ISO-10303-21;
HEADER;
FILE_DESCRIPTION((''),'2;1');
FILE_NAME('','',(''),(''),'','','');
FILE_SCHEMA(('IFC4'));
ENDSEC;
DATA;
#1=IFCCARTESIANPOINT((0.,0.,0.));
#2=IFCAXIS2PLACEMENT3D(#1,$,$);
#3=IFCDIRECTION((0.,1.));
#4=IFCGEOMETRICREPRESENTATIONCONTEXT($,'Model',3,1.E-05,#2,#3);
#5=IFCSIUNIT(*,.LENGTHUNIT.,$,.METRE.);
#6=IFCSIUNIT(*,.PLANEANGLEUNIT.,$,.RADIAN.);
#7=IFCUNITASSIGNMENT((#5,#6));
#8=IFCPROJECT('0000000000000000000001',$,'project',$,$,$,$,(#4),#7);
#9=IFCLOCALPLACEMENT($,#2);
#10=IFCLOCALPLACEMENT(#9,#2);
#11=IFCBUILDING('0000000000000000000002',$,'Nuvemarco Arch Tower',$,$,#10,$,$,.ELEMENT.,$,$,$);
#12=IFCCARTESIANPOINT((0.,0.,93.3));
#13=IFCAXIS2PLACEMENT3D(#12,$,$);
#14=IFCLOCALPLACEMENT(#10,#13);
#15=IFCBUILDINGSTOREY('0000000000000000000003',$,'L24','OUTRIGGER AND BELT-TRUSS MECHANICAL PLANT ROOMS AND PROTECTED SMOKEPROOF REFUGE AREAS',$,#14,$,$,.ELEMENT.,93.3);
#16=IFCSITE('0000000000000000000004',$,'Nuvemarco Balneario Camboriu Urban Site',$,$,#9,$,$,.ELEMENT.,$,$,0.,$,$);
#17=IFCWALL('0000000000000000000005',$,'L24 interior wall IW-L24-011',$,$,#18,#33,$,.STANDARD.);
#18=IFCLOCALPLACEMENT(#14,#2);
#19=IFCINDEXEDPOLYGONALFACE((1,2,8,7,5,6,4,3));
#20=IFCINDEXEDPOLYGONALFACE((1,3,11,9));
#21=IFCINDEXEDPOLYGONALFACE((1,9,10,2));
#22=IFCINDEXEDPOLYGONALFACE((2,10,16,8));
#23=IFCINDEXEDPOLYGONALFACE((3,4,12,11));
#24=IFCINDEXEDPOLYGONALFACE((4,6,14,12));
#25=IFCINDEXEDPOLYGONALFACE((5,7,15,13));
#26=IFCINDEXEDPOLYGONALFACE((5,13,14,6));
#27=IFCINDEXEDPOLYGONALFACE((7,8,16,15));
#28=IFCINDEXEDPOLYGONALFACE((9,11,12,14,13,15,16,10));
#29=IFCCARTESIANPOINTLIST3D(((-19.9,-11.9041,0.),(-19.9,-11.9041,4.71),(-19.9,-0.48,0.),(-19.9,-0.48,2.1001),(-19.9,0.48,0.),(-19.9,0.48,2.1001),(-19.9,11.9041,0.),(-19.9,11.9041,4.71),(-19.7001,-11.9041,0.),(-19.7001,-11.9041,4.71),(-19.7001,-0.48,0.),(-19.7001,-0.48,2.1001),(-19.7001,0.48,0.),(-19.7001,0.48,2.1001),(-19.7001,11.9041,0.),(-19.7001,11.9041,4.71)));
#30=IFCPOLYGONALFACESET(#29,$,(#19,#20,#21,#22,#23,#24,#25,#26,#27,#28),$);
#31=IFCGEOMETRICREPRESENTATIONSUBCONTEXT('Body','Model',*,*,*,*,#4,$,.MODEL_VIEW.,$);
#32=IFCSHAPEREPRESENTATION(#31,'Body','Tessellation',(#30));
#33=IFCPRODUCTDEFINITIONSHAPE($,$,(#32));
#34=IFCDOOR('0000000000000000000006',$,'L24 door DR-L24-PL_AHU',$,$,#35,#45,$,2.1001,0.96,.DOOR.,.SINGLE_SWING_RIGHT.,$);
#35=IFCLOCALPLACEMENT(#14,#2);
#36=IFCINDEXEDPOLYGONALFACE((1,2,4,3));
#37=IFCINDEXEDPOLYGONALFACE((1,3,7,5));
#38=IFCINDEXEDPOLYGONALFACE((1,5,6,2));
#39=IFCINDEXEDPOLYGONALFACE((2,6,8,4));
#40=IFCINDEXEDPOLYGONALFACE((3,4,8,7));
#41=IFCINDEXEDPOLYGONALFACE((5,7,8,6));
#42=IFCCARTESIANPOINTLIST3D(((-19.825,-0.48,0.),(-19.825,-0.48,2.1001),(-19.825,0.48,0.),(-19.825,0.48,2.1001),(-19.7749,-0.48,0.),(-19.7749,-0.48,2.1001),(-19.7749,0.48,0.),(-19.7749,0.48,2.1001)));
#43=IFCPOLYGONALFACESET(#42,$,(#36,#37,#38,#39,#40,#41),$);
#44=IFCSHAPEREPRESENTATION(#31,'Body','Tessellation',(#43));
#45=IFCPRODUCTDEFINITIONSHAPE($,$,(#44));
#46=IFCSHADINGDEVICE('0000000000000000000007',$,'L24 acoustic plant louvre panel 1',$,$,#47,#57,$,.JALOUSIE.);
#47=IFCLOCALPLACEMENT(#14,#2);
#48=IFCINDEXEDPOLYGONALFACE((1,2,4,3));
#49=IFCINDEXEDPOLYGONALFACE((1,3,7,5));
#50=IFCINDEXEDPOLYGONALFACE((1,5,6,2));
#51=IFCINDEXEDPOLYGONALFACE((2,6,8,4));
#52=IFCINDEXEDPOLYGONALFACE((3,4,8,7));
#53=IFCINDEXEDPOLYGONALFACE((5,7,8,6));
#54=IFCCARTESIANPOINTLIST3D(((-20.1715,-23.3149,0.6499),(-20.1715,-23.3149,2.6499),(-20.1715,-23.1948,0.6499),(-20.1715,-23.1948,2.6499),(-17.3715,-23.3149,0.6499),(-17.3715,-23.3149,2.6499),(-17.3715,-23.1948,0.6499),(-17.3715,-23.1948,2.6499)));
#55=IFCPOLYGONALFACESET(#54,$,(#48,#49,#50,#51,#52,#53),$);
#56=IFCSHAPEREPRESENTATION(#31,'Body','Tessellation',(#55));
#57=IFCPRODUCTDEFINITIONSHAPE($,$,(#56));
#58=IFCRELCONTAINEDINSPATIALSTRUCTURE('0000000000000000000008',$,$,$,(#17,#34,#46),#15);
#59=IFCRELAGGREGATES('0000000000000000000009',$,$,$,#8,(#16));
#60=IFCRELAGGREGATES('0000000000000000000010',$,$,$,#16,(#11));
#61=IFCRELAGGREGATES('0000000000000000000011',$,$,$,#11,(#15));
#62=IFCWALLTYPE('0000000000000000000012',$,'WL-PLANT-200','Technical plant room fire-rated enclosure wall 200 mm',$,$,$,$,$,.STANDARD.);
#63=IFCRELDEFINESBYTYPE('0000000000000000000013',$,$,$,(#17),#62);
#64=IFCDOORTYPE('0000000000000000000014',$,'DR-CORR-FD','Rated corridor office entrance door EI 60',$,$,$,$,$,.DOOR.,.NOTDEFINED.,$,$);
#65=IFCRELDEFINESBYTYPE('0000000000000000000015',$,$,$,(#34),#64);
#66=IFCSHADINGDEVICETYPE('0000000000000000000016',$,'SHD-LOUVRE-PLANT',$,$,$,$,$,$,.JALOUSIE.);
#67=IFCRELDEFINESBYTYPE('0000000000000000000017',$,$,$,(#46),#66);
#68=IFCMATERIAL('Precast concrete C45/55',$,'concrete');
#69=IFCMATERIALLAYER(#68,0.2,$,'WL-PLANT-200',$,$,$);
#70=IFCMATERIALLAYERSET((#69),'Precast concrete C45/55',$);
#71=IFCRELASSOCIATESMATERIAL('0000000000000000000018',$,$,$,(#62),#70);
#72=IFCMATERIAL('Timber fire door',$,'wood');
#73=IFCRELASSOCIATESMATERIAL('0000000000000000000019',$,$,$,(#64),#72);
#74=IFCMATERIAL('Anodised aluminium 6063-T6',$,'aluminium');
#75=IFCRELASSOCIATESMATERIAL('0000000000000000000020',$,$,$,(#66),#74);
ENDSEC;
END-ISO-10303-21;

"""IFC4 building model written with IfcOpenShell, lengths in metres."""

from ifc_helpers import new_model, si_unit, direction, frame, frame_2d, origin, origin_2d, place, context, subcontext, project, spatial, rectangle, extrude, source, transform, mapped, material, layer, layer_set, type_object, type_shapes, element, fill, save


model = new_model("IFC4")

# Units and contexts
model_context = context("Model", 3, precision=1e-05, world=origin(), true_north=direction((0.0, 1.0)))
body_context = subcontext(model_context, "Body", "Model", "MODEL_VIEW")
ifc_project = project(units=[si_unit("LENGTHUNIT", "METRE"), si_unit("PLANEANGLEUNIT", "RADIAN")], contexts=[model_context])

# Site, building, storey
site_placement = place(None, origin())
site = spatial("IfcSite", under=ifc_project, at=site_placement, Name="Nuvemarco Balneario Camboriu Urban Site", CompositionType="ELEMENT", RefElevation=0.0)
building_placement = place(site_placement, origin())
building = spatial("IfcBuilding", under=site, at=building_placement, Name="Nuvemarco Arch Tower", CompositionType="ELEMENT")
storey_placement = place(building_placement, frame((0.0, 0.0, 93.3)))
storey = spatial("IfcBuildingStorey", under=building, at=storey_placement, Name="L24", Description="OUTRIGGER AND BELT-TRUSS MECHANICAL PLANT ROOMS AND PROTECTED SMOKEPROOF REFUGE AREAS", CompositionType="ELEMENT", Elevation=93.3)

# Shared definitions
ifc_material_1 = material(Name="Precast concrete C45/55", Category="concrete")

# Shared definitions
ifc_layer_1 = layer(ifc_material_1, 0.2, Name="WL-PLANT-200")
ifc_layer_set_1 = layer_set([ifc_layer_1], Name="Precast concrete C45/55")
wall_type_1 = type_object("IfcWallType", Name="WL-PLANT-200", Description="Technical plant room fire-rated enclosure wall 200 mm", PredefinedType="STANDARD", material=ifc_layer_set_1)
ifc_material_2 = material(Name="Timber fire door", Category="wood")
door_type_1 = type_object("IfcDoorType", Name="DR-CORR-FD", Description="Rated corridor office entrance door EI 60", OperationType="NOTDEFINED", PredefinedType="DOOR", material=ifc_material_2)
shared_shape_1 = source(origin(), body_context, "Body", "SweptSolid", [
    extrude(rectangle(XDim=0.96, YDim=2.1001, at=frame_2d((0.48, 1.05))), frame((0.0, 0.0249, 0.0), z_axis=(0.0, -1.0, 0.0), x_axis=(1.0, 0.0, 0.0)), (0.0, 0.0, 1.0), 0.05),
])
type_shapes(door_type_1, [shared_shape_1])

# Wall, opening, door
wall_1_placement = place(storey_placement, frame((-19.8, -11.9041, 0.0), z_axis=(0.0, 0.0, 1.0), x_axis=(0.0, 1.0, 0.0)))
wall_1 = element("IfcWall", 1, at=wall_1_placement, inside=storey, type_object=wall_type_1, Name="L24 interior wall IW-L24-011", PredefinedType="STANDARD", context=body_context, shape_type="SweptSolid", body=[
    extrude(rectangle(XDim=23.8081, YDim=0.2, at=frame_2d((11.9041, 0.0))), origin(), (0.0, 0.0, 1.0), 4.71),
])
opening_1_placement = place(wall_1_placement, frame((11.4241, 0.0, 0.0)))
opening_1 = element("IfcOpeningElement", 2, at=opening_1_placement, cuts=wall_1, PredefinedType="OPENING", context=body_context, shape_type="SweptSolid", body=[
    extrude(rectangle(XDim=0.96, YDim=2.1001, at=frame_2d((0.48, 1.05))), frame((0.0, 0.1099, 0.0), z_axis=(0.0, -1.0, 0.0), x_axis=(1.0, 0.0, 0.0)), (0.0, 0.0, 1.0), 0.22),
])
door_1_placement = place(opening_1_placement, origin())
door_1 = element("IfcDoor", 3, at=door_1_placement, inside=storey, type_object=door_type_1, Name="L24 door DR-L24-PL_AHU", OperationType="SINGLE_SWING_RIGHT", OverallHeight=2.1001, OverallWidth=0.96, PredefinedType="DOOR", context=body_context, shape_type="MappedRepresentation", body=[
    mapped(shared_shape_1, transform((0.0, 0.0, 0.0), scale=1.0)),
])
fill(opening_1, door_1)

# Shading device
ifc_material_3 = material(Name="Anodised aluminium 6063-T6", Category="aluminium")
shading_device_type = type_object("IfcShadingDeviceType", Name="SHD-LOUVRE-PLANT", PredefinedType="JALOUSIE", material=ifc_material_3)
shared_shape_2 = source(origin(), body_context, "Body", "SweptSolid", [
    extrude(rectangle(XDim=2.8, YDim=0.1201, at=origin_2d()), origin(), (0.0, 0.0, 1.0), 2.0),
])
type_shapes(shading_device_type, [shared_shape_2])
shading_device_placement = place(storey_placement, frame((-18.7715, -23.2549, 0.6499), z_axis=(0.0, 0.0, 1.0), x_axis=(1.0, 0.0, 0.0)))
element("IfcShadingDevice", 4, at=shading_device_placement, inside=storey, type_object=shading_device_type, Name="L24 acoustic plant louvre panel 1", PredefinedType="JALOUSIE", context=body_context, shape_type="MappedRepresentation", body=[
    mapped(shared_shape_2, transform((0.0, 0.0, 0.0), scale=1.0)),
])

save(model, "model.ifc")
